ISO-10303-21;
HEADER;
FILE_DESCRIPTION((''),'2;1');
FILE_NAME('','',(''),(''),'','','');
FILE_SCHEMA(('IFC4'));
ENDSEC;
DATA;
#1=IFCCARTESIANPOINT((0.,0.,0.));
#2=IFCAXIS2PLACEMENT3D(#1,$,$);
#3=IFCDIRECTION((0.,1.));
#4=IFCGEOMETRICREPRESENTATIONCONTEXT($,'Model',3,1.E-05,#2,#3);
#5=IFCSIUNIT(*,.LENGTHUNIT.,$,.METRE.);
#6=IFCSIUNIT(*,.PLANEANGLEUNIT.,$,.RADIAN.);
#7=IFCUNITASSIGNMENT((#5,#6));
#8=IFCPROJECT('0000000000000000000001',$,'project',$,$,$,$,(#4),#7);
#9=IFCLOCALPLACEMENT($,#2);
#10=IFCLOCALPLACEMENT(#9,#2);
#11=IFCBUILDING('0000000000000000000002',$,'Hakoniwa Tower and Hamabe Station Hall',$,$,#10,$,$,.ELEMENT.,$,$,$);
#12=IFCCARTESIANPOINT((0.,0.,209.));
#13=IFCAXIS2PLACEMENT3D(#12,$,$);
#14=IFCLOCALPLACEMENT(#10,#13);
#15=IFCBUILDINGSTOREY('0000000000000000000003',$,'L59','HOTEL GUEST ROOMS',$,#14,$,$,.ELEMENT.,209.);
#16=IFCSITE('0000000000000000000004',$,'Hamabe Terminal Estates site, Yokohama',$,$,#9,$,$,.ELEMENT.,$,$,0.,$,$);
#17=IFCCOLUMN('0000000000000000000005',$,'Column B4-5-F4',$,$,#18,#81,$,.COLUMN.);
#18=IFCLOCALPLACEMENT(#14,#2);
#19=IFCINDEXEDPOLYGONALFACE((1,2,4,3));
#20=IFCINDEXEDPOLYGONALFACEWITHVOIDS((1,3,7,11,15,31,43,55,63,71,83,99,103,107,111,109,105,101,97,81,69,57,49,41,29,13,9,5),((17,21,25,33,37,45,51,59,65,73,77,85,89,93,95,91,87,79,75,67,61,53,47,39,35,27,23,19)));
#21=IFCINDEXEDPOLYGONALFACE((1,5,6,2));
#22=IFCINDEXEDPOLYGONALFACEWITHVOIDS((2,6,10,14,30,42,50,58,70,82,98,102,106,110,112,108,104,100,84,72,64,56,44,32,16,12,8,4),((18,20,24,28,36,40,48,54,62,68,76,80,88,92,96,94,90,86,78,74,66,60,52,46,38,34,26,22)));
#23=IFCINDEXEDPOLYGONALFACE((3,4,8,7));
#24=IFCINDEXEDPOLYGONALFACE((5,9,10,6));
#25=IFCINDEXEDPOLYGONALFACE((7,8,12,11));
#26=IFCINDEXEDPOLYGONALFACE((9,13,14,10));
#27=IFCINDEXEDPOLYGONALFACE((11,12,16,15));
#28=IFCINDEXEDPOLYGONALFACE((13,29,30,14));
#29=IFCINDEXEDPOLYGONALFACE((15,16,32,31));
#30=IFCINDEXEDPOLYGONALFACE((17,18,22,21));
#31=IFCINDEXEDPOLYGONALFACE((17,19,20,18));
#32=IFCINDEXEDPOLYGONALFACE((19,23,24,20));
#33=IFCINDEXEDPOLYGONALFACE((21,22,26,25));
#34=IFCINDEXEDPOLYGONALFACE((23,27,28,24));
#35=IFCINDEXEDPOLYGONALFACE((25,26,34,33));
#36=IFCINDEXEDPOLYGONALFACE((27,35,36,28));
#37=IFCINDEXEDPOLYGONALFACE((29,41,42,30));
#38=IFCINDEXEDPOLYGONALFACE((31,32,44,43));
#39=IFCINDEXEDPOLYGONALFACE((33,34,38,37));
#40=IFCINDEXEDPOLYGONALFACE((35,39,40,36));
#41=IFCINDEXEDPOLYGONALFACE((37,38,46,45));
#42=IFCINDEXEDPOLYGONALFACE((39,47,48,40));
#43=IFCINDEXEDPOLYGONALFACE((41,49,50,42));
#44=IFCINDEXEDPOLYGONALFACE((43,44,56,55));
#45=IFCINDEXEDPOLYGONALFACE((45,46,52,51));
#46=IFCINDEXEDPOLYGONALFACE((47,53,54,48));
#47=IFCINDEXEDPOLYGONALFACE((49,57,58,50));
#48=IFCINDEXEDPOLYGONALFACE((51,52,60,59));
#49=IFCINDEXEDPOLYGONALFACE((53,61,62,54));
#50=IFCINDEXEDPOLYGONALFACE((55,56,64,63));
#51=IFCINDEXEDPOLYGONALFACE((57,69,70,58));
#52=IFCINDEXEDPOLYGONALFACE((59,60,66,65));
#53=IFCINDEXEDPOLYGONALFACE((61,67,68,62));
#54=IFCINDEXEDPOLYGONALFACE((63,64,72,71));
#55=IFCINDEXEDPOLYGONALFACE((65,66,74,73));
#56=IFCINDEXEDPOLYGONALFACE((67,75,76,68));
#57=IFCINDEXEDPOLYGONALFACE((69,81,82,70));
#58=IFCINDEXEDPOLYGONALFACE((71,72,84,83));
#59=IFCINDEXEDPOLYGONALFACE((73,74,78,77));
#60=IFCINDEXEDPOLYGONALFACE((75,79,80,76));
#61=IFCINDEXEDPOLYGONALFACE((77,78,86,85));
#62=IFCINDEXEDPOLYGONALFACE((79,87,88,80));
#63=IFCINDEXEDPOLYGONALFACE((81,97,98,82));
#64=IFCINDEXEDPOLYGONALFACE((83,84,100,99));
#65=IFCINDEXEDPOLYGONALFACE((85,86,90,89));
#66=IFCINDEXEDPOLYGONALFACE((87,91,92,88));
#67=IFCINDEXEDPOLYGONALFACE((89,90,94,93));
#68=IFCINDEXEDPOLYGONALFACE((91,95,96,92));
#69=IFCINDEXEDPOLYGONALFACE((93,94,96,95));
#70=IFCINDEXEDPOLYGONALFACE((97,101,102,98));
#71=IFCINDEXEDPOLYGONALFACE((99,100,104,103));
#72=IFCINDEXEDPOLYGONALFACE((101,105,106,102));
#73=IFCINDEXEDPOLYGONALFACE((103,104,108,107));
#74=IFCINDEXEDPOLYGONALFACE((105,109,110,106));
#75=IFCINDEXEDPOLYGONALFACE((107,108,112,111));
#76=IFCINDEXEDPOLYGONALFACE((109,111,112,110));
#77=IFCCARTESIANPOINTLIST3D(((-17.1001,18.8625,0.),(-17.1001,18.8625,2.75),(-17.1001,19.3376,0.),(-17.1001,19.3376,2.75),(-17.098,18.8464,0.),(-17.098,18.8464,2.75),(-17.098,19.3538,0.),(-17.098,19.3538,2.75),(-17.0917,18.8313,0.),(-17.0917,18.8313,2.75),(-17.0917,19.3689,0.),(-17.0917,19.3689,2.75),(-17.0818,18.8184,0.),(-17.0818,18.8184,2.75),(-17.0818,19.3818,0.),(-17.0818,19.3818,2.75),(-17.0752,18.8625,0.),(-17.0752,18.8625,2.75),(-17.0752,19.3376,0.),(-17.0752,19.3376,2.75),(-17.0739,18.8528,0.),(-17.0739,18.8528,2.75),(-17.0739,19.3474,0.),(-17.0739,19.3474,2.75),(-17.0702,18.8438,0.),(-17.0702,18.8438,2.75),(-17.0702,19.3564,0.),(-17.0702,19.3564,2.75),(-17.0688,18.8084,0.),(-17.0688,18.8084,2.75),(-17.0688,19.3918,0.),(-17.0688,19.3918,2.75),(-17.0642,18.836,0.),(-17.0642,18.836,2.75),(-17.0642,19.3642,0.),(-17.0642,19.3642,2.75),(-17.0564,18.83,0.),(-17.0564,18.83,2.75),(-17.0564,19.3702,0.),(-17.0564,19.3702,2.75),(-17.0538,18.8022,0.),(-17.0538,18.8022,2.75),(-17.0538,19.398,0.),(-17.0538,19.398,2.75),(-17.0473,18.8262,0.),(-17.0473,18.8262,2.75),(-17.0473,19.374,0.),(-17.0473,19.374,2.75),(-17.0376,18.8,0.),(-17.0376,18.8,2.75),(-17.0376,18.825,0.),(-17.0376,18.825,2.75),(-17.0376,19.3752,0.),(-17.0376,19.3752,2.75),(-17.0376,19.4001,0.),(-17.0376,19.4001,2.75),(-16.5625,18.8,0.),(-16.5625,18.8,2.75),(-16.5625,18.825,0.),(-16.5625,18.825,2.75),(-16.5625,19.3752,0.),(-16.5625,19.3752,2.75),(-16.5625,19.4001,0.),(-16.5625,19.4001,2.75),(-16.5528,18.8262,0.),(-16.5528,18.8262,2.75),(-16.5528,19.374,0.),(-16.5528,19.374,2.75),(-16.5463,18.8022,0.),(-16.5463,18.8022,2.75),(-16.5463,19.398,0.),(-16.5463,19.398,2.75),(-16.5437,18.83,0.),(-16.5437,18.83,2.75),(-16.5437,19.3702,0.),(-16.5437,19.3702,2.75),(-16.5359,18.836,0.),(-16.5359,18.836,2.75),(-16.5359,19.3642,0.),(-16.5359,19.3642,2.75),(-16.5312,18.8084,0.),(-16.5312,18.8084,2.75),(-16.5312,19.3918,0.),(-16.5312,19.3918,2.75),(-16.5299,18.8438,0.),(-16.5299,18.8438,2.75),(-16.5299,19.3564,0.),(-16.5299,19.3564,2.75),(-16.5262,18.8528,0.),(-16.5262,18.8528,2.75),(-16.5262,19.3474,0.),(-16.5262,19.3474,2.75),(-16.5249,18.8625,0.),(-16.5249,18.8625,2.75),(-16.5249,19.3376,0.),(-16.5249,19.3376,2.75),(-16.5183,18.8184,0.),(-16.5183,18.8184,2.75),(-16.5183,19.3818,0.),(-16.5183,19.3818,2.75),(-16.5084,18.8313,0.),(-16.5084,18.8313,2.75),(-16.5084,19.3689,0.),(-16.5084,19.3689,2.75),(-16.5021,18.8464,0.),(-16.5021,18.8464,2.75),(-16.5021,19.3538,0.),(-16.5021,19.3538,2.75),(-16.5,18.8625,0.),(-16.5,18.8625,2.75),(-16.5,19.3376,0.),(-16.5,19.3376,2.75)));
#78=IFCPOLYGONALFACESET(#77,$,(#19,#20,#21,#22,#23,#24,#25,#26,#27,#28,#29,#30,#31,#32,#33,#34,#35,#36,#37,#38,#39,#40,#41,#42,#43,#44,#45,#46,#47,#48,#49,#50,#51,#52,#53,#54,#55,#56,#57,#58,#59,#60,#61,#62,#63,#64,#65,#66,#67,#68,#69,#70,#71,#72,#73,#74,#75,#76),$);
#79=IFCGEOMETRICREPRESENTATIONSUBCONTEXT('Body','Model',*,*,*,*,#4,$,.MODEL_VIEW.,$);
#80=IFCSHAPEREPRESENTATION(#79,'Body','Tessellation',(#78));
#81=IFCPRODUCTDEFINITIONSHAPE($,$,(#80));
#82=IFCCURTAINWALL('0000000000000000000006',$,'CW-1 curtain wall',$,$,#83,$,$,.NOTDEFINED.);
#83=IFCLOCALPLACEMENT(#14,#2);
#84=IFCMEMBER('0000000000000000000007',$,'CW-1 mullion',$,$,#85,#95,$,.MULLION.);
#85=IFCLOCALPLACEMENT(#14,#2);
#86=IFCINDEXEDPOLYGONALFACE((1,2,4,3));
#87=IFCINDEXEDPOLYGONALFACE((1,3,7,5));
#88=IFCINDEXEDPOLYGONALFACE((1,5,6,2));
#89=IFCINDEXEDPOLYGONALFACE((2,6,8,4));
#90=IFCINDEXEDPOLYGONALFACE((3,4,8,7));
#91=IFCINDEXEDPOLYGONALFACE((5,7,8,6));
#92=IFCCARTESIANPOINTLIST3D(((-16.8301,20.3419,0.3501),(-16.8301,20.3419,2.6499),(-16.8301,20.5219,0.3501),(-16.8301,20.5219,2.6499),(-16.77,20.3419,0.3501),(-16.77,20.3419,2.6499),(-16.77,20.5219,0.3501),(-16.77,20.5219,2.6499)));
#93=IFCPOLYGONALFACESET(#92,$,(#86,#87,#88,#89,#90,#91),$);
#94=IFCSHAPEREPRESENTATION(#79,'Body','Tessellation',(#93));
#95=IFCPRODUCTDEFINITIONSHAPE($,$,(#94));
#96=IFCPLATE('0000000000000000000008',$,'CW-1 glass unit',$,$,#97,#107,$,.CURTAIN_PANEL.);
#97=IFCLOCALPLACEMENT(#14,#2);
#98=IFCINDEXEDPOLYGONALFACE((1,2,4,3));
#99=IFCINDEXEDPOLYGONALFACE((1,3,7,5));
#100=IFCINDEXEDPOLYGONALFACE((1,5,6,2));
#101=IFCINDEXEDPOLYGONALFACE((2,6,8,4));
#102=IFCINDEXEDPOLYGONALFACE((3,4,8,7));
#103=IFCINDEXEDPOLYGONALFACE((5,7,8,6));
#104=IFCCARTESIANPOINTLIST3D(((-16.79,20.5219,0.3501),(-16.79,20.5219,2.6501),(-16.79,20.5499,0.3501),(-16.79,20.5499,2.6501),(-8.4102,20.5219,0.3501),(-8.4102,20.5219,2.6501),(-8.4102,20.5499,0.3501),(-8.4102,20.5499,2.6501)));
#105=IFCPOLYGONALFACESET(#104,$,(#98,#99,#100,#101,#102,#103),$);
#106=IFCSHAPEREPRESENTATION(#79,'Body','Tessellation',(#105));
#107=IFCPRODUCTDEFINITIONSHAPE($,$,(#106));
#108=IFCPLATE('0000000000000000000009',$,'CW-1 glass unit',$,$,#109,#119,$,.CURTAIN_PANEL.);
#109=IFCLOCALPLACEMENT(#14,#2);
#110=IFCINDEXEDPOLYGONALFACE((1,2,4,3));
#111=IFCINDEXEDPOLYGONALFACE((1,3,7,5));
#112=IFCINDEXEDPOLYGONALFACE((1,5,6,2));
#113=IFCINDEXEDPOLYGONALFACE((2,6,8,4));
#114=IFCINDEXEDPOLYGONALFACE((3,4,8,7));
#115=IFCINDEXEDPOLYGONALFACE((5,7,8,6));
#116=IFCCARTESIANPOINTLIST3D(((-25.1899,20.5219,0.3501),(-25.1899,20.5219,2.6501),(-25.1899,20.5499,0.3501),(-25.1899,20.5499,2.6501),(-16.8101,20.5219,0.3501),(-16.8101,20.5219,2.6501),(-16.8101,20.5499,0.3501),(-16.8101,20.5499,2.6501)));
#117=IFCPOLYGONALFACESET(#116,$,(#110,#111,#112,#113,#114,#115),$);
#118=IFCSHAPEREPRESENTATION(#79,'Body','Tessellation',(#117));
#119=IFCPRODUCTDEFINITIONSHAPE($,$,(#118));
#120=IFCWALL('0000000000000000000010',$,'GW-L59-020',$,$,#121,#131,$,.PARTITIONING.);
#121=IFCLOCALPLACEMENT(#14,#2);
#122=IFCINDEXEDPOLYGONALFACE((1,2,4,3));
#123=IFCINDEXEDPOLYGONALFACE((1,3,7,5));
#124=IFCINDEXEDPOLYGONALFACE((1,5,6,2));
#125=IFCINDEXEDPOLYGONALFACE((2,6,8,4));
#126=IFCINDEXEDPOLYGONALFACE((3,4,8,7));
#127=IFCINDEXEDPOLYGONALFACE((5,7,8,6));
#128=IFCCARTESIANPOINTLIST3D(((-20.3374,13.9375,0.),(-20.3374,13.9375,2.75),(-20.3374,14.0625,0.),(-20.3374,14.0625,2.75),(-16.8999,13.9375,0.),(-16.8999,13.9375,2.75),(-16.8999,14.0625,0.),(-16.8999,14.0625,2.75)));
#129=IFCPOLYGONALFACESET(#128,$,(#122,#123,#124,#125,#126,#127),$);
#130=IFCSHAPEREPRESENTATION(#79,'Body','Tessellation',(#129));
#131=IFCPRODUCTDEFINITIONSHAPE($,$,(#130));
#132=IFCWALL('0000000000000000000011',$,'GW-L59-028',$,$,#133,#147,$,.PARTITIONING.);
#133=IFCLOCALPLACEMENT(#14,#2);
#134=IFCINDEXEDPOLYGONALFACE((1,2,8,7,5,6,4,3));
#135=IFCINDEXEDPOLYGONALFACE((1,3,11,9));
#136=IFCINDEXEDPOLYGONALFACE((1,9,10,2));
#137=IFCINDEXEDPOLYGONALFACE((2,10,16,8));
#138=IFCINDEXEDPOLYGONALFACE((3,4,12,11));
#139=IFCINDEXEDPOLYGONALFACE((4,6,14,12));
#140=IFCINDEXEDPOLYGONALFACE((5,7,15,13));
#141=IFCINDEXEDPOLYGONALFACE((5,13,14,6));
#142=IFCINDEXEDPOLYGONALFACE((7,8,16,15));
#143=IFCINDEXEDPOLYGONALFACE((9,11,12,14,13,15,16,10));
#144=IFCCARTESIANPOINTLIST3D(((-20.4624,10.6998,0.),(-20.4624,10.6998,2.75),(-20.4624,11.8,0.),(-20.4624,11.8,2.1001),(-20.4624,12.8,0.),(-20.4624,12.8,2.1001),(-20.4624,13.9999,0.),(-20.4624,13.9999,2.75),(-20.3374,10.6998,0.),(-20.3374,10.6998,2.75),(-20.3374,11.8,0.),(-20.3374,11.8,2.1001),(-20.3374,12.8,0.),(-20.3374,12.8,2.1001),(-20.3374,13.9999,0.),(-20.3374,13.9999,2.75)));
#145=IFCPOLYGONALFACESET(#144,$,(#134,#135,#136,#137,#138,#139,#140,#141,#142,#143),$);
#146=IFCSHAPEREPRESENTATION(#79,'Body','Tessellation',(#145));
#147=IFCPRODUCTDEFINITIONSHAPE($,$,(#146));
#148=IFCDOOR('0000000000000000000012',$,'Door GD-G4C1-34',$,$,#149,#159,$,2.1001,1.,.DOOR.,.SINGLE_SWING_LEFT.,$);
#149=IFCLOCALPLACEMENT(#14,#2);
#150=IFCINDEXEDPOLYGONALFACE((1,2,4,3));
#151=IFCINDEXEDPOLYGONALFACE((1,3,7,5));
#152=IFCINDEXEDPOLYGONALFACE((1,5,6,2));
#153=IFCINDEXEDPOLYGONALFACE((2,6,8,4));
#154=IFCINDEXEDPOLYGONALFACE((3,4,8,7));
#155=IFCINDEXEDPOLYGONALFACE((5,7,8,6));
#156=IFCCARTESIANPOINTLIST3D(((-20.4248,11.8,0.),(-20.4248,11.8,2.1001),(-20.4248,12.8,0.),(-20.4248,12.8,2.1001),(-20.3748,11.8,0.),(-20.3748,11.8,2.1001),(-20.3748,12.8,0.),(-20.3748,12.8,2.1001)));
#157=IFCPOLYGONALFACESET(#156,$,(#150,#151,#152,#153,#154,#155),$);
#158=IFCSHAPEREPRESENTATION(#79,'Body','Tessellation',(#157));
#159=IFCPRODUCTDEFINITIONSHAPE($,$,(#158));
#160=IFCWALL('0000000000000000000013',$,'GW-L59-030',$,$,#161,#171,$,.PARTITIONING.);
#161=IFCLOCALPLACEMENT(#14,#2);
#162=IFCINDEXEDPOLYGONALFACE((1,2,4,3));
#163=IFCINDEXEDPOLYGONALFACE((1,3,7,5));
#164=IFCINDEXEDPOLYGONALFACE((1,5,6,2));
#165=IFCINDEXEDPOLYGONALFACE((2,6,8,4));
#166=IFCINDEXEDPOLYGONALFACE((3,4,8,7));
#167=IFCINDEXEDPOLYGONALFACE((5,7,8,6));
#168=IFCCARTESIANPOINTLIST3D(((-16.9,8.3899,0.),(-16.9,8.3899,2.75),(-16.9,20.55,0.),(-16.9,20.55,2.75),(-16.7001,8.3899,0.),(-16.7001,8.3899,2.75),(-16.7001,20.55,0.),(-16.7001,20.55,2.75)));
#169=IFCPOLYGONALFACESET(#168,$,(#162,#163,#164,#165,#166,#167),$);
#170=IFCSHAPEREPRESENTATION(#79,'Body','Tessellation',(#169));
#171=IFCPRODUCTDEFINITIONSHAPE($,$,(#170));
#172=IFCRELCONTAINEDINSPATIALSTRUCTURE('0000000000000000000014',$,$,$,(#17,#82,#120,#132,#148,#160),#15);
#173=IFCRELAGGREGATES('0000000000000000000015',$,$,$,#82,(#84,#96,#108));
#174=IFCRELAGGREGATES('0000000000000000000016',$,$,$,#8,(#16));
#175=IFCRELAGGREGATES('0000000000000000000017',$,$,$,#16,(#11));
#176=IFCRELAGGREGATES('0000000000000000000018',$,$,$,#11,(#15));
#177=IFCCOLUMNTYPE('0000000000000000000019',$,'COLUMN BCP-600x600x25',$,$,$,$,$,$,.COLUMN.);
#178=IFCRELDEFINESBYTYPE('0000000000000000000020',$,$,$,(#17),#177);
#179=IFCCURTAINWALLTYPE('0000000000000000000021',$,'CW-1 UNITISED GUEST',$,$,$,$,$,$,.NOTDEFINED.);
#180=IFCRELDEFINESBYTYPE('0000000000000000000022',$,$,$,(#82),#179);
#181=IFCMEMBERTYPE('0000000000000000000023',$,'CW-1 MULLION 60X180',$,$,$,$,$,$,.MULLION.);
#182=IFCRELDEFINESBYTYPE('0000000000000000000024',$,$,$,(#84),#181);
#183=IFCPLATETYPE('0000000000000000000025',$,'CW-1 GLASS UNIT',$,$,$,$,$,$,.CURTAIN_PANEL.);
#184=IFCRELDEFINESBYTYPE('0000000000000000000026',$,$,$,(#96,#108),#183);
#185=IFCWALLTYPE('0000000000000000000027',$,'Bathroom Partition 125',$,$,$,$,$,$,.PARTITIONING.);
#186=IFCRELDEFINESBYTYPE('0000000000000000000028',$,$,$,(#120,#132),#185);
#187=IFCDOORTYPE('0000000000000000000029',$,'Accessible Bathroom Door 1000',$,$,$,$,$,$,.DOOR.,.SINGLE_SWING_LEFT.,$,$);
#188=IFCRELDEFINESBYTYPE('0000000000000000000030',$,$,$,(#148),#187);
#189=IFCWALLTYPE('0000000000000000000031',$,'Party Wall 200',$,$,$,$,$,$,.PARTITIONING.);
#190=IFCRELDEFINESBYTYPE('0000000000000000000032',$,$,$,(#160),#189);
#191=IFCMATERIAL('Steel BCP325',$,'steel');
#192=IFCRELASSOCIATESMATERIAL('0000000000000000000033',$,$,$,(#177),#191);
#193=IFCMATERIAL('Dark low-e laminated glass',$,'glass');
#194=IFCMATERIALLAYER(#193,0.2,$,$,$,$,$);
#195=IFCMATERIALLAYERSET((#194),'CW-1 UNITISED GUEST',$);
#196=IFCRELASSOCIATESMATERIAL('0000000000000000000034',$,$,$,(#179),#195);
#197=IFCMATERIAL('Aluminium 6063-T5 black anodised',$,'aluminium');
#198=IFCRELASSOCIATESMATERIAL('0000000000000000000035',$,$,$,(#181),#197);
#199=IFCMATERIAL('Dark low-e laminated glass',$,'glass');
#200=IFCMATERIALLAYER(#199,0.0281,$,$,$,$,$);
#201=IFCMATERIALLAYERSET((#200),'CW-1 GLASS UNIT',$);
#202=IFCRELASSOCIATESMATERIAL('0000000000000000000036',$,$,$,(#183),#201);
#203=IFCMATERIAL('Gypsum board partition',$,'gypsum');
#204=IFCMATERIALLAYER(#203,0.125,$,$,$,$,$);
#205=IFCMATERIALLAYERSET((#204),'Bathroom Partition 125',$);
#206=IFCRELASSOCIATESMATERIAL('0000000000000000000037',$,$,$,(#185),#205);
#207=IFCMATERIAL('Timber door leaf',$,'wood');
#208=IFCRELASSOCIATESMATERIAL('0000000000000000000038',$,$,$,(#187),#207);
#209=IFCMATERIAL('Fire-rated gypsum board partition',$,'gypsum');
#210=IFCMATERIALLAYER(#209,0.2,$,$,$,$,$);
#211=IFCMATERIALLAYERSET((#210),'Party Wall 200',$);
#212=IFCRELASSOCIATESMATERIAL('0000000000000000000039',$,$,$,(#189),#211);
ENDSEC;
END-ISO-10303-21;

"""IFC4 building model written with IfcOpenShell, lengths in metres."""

from ifc_helpers import new_model, si_unit, direction, frame, frame_2d, origin, origin_2d, place, context, subcontext, project, spatial, rectangle, hollow_rectangle, extrude, material, layer, layer_set, material_profile, profile_set, type_object, element, fill, aggregate, save


model = new_model("IFC4")

# Units and contexts
model_context = context("Model", 3, precision=1e-05, world=origin(), true_north=direction((0.0, 1.0)))
body_context = subcontext(model_context, "Body", "Model", "MODEL_VIEW")
ifc_project = project(units=[si_unit("LENGTHUNIT", "METRE"), si_unit("PLANEANGLEUNIT", "RADIAN")], contexts=[model_context])

# Site, building, storey
site_placement = place(None, origin())
site = spatial("IfcSite", under=ifc_project, at=site_placement, Name="Hamabe Terminal Estates site, Yokohama", CompositionType="ELEMENT", RefElevation=0.0)
building_placement = place(site_placement, origin())
building = spatial("IfcBuilding", under=site, at=building_placement, Name="Hakoniwa Tower and Hamabe Station Hall", CompositionType="ELEMENT")
storey_placement = place(building_placement, frame((0.0, 0.0, 209.0)))
storey = spatial("IfcBuildingStorey", under=building, at=storey_placement, Name="L59", Description="HOTEL GUEST ROOMS", CompositionType="ELEMENT", Elevation=209.0)

# Column
ifc_material_1 = material(Name="Steel BCP325", Category="steel")
ifc_material_profile_1 = material_profile(ifc_material_1, hollow_rectangle(XDim=0.6001, YDim=0.6001, WallThickness=0.0249, InnerFilletRadius=0.0376, OuterFilletRadius=0.0625, at=origin_2d()), Name="BCP-600x600x25")
ifc_profile_set_1 = profile_set([ifc_material_profile_1], Name="Steel BCP325")
column_type = type_object("IfcColumnType", Name="COLUMN BCP-600x600x25", PredefinedType="COLUMN", material=ifc_profile_set_1)
column_placement = place(storey_placement, frame((-16.8, 19.1001, 0.0), z_axis=(0.0, 0.0, 1.0), x_axis=(1.0, 0.0, 0.0)))
element("IfcColumn", 1, at=column_placement, inside=storey, type_object=column_type, Name="Column B4-5-F4", PredefinedType="COLUMN", context=body_context, shape_type="SweptSolid", body=[
    extrude(hollow_rectangle(XDim=0.6001, YDim=0.6001, WallThickness=0.0249, InnerFilletRadius=0.0376, OuterFilletRadius=0.0625, at=origin_2d()), origin(), (0.0, 0.0, 1.0), 2.75),
])

# Curtain wall, member, plates
ifc_material_2 = material(Name="Dark low-e laminated glass", Category="glass")
ifc_layer_1 = layer(ifc_material_2, 0.2)
ifc_layer_set_1 = layer_set([ifc_layer_1], Name="CW-1 UNITISED GUEST")
curtain_wall_type = type_object("IfcCurtainWallType", Name="CW-1 UNITISED GUEST", PredefinedType="NOTDEFINED", material=ifc_layer_set_1)
curtain_wall_placement = place(storey_placement, origin())
curtain_wall = element("IfcCurtainWall", 2, at=curtain_wall_placement, inside=storey, type_object=curtain_wall_type, Name="CW-1 curtain wall", PredefinedType="NOTDEFINED")
ifc_material_3 = material(Name="Aluminium 6063-T5 black anodised", Category="aluminium")
ifc_material_profile_2 = material_profile(ifc_material_3, rectangle(XDim=0.0601, YDim=0.1799, at=origin_2d()), Name="CW-1 MULLION 60X180")
ifc_profile_set_2 = profile_set([ifc_material_profile_2], Name="Aluminium 6063-T5 black anodised")
member_type = type_object("IfcMemberType", Name="CW-1 MULLION 60X180", PredefinedType="MULLION", material=ifc_profile_set_2)
member_placement = place(storey_placement, frame((-16.8, 20.4319, 0.3501), z_axis=(0.0, 0.0, 1.0), x_axis=(-1.0, 0.0, 0.0)))
member = element("IfcMember", 3, at=member_placement, type_object=member_type, Name="CW-1 mullion", PredefinedType="MULLION", context=body_context, shape_type="SweptSolid", body=[
    extrude(rectangle(XDim=0.0601, YDim=0.1799, at=origin_2d()), origin(), (0.0, 0.0, 1.0), 2.2998),
])
ifc_material_4 = material(Name="Dark low-e laminated glass", Category="glass")
ifc_layer_2 = layer(ifc_material_4, 0.0281)
ifc_layer_set_2 = layer_set([ifc_layer_2], Name="CW-1 GLASS UNIT")
plate_type = type_object("IfcPlateType", Name="CW-1 GLASS UNIT", PredefinedType="CURTAIN_PANEL", material=ifc_layer_set_2)
plate_1_placement = place(storey_placement, frame((-12.6001, 20.5359, 0.3501), z_axis=(0.0, 0.0, 1.0), x_axis=(-1.0, 0.0, 0.0)))
plate_1 = element("IfcPlate", 4, at=plate_1_placement, type_object=plate_type, Name="CW-1 glass unit", PredefinedType="CURTAIN_PANEL", context=body_context, shape_type="SweptSolid", body=[
    extrude(rectangle(XDim=8.3799, YDim=0.0281, at=origin_2d()), origin(), (0.0, 0.0, 1.0), 2.3),
])
plate_2_placement = place(storey_placement, frame((-21.0, 20.5359, 0.3501), z_axis=(0.0, 0.0, 1.0), x_axis=(-1.0, 0.0, 0.0)))
plate_2 = element("IfcPlate", 5, at=plate_2_placement, type_object=plate_type, Name="CW-1 glass unit", PredefinedType="CURTAIN_PANEL", context=body_context, shape_type="SweptSolid", body=[
    extrude(rectangle(XDim=8.3799, YDim=0.0281, at=origin_2d()), origin(), (0.0, 0.0, 1.0), 2.3),
])
aggregate(curtain_wall, [member, plate_1, plate_2])

# Wall
ifc_material_5 = material(Name="Gypsum board partition", Category="gypsum")
ifc_layer_3 = layer(ifc_material_5, 0.125)
ifc_layer_set_3 = layer_set([ifc_layer_3], Name="Bathroom Partition 125")
wall_type_1 = type_object("IfcWallType", Name="Bathroom Partition 125", PredefinedType="PARTITIONING", material=ifc_layer_set_3)
wall_1_placement = place(storey_placement, frame((-20.3374, 14.0, 0.0), z_axis=(0.0, 0.0, 1.0), x_axis=(1.0, 0.0, 0.0)))
element("IfcWall", 6, at=wall_1_placement, inside=storey, type_object=wall_type_1, Name="GW-L59-020", PredefinedType="PARTITIONING", context=body_context, shape_type="SweptSolid", body=[
    extrude(rectangle(XDim=3.4375, YDim=0.125, at=frame_2d((1.7188, 0.0))), origin(), (0.0, 0.0, 1.0), 2.75),
])

# Wall, opening, door
wall_2_placement = place(storey_placement, frame((-20.3999, 10.7, 0.0), z_axis=(0.0, 0.0, 1.0), x_axis=(0.0, 1.0, 0.0)))
wall_2 = element("IfcWall", 7, at=wall_2_placement, inside=storey, type_object=wall_type_1, Name="GW-L59-028", PredefinedType="PARTITIONING", context=body_context, shape_type="SweptSolid", body=[
    extrude(rectangle(XDim=3.3, YDim=0.125, at=frame_2d((1.6499, 0.0))), origin(), (0.0, 0.0, 1.0), 2.75),
])
opening_placement = place(wall_2_placement, frame((1.1001, 0.0, 0.0)))
opening = element("IfcOpeningElement", 8, at=opening_placement, cuts=wall_2, PredefinedType="OPENING", context=body_context, shape_type="SweptSolid", body=[
    extrude(rectangle(XDim=1.0, YDim=2.1001, at=frame_2d((0.5, 1.05))), frame((0.0, 0.0725, 0.0), z_axis=(0.0, -1.0, 0.0), x_axis=(1.0, 0.0, 0.0)), (0.0, 0.0, 1.0), 0.145),
])
ifc_material_6 = material(Name="Timber door leaf", Category="wood")
door_type = type_object("IfcDoorType", Name="Accessible Bathroom Door 1000", OperationType="SINGLE_SWING_LEFT", PredefinedType="DOOR", material=ifc_material_6)
door_placement = place(opening_placement, origin())
door = element("IfcDoor", 9, at=door_placement, inside=storey, type_object=door_type, Name="Door GD-G4C1-34", OperationType="SINGLE_SWING_LEFT", OverallHeight=2.1001, OverallWidth=1.0, PredefinedType="DOOR", context=body_context, shape_type="SweptSolid", body=[
    extrude(rectangle(XDim=1.0, YDim=2.1001, at=frame_2d((0.5, 1.05))), frame((0.0, 0.0249, 0.0), z_axis=(0.0, -1.0, 0.0), x_axis=(1.0, 0.0, 0.0)), (0.0, 0.0, 1.0), 0.05),
])
fill(opening, door)

# Wall
ifc_material_7 = material(Name="Fire-rated gypsum board partition", Category="gypsum")
ifc_layer_4 = layer(ifc_material_7, 0.2)
ifc_layer_set_4 = layer_set([ifc_layer_4], Name="Party Wall 200")
wall_type_2 = type_object("IfcWallType", Name="Party Wall 200", PredefinedType="PARTITIONING", material=ifc_layer_set_4)
wall_3_placement = place(storey_placement, frame((-16.8, 8.3899, 0.0), z_axis=(0.0, 0.0, 1.0), x_axis=(0.0, 1.0, 0.0)))
element("IfcWall", 10, at=wall_3_placement, inside=storey, type_object=wall_type_2, Name="GW-L59-030", PredefinedType="PARTITIONING", context=body_context, shape_type="SweptSolid", body=[
    extrude(rectangle(XDim=12.1602, YDim=0.2, at=frame_2d((6.0801, 0.0))), origin(), (0.0, 0.0, 1.0), 2.75),
])

save(model, "model.ifc")
